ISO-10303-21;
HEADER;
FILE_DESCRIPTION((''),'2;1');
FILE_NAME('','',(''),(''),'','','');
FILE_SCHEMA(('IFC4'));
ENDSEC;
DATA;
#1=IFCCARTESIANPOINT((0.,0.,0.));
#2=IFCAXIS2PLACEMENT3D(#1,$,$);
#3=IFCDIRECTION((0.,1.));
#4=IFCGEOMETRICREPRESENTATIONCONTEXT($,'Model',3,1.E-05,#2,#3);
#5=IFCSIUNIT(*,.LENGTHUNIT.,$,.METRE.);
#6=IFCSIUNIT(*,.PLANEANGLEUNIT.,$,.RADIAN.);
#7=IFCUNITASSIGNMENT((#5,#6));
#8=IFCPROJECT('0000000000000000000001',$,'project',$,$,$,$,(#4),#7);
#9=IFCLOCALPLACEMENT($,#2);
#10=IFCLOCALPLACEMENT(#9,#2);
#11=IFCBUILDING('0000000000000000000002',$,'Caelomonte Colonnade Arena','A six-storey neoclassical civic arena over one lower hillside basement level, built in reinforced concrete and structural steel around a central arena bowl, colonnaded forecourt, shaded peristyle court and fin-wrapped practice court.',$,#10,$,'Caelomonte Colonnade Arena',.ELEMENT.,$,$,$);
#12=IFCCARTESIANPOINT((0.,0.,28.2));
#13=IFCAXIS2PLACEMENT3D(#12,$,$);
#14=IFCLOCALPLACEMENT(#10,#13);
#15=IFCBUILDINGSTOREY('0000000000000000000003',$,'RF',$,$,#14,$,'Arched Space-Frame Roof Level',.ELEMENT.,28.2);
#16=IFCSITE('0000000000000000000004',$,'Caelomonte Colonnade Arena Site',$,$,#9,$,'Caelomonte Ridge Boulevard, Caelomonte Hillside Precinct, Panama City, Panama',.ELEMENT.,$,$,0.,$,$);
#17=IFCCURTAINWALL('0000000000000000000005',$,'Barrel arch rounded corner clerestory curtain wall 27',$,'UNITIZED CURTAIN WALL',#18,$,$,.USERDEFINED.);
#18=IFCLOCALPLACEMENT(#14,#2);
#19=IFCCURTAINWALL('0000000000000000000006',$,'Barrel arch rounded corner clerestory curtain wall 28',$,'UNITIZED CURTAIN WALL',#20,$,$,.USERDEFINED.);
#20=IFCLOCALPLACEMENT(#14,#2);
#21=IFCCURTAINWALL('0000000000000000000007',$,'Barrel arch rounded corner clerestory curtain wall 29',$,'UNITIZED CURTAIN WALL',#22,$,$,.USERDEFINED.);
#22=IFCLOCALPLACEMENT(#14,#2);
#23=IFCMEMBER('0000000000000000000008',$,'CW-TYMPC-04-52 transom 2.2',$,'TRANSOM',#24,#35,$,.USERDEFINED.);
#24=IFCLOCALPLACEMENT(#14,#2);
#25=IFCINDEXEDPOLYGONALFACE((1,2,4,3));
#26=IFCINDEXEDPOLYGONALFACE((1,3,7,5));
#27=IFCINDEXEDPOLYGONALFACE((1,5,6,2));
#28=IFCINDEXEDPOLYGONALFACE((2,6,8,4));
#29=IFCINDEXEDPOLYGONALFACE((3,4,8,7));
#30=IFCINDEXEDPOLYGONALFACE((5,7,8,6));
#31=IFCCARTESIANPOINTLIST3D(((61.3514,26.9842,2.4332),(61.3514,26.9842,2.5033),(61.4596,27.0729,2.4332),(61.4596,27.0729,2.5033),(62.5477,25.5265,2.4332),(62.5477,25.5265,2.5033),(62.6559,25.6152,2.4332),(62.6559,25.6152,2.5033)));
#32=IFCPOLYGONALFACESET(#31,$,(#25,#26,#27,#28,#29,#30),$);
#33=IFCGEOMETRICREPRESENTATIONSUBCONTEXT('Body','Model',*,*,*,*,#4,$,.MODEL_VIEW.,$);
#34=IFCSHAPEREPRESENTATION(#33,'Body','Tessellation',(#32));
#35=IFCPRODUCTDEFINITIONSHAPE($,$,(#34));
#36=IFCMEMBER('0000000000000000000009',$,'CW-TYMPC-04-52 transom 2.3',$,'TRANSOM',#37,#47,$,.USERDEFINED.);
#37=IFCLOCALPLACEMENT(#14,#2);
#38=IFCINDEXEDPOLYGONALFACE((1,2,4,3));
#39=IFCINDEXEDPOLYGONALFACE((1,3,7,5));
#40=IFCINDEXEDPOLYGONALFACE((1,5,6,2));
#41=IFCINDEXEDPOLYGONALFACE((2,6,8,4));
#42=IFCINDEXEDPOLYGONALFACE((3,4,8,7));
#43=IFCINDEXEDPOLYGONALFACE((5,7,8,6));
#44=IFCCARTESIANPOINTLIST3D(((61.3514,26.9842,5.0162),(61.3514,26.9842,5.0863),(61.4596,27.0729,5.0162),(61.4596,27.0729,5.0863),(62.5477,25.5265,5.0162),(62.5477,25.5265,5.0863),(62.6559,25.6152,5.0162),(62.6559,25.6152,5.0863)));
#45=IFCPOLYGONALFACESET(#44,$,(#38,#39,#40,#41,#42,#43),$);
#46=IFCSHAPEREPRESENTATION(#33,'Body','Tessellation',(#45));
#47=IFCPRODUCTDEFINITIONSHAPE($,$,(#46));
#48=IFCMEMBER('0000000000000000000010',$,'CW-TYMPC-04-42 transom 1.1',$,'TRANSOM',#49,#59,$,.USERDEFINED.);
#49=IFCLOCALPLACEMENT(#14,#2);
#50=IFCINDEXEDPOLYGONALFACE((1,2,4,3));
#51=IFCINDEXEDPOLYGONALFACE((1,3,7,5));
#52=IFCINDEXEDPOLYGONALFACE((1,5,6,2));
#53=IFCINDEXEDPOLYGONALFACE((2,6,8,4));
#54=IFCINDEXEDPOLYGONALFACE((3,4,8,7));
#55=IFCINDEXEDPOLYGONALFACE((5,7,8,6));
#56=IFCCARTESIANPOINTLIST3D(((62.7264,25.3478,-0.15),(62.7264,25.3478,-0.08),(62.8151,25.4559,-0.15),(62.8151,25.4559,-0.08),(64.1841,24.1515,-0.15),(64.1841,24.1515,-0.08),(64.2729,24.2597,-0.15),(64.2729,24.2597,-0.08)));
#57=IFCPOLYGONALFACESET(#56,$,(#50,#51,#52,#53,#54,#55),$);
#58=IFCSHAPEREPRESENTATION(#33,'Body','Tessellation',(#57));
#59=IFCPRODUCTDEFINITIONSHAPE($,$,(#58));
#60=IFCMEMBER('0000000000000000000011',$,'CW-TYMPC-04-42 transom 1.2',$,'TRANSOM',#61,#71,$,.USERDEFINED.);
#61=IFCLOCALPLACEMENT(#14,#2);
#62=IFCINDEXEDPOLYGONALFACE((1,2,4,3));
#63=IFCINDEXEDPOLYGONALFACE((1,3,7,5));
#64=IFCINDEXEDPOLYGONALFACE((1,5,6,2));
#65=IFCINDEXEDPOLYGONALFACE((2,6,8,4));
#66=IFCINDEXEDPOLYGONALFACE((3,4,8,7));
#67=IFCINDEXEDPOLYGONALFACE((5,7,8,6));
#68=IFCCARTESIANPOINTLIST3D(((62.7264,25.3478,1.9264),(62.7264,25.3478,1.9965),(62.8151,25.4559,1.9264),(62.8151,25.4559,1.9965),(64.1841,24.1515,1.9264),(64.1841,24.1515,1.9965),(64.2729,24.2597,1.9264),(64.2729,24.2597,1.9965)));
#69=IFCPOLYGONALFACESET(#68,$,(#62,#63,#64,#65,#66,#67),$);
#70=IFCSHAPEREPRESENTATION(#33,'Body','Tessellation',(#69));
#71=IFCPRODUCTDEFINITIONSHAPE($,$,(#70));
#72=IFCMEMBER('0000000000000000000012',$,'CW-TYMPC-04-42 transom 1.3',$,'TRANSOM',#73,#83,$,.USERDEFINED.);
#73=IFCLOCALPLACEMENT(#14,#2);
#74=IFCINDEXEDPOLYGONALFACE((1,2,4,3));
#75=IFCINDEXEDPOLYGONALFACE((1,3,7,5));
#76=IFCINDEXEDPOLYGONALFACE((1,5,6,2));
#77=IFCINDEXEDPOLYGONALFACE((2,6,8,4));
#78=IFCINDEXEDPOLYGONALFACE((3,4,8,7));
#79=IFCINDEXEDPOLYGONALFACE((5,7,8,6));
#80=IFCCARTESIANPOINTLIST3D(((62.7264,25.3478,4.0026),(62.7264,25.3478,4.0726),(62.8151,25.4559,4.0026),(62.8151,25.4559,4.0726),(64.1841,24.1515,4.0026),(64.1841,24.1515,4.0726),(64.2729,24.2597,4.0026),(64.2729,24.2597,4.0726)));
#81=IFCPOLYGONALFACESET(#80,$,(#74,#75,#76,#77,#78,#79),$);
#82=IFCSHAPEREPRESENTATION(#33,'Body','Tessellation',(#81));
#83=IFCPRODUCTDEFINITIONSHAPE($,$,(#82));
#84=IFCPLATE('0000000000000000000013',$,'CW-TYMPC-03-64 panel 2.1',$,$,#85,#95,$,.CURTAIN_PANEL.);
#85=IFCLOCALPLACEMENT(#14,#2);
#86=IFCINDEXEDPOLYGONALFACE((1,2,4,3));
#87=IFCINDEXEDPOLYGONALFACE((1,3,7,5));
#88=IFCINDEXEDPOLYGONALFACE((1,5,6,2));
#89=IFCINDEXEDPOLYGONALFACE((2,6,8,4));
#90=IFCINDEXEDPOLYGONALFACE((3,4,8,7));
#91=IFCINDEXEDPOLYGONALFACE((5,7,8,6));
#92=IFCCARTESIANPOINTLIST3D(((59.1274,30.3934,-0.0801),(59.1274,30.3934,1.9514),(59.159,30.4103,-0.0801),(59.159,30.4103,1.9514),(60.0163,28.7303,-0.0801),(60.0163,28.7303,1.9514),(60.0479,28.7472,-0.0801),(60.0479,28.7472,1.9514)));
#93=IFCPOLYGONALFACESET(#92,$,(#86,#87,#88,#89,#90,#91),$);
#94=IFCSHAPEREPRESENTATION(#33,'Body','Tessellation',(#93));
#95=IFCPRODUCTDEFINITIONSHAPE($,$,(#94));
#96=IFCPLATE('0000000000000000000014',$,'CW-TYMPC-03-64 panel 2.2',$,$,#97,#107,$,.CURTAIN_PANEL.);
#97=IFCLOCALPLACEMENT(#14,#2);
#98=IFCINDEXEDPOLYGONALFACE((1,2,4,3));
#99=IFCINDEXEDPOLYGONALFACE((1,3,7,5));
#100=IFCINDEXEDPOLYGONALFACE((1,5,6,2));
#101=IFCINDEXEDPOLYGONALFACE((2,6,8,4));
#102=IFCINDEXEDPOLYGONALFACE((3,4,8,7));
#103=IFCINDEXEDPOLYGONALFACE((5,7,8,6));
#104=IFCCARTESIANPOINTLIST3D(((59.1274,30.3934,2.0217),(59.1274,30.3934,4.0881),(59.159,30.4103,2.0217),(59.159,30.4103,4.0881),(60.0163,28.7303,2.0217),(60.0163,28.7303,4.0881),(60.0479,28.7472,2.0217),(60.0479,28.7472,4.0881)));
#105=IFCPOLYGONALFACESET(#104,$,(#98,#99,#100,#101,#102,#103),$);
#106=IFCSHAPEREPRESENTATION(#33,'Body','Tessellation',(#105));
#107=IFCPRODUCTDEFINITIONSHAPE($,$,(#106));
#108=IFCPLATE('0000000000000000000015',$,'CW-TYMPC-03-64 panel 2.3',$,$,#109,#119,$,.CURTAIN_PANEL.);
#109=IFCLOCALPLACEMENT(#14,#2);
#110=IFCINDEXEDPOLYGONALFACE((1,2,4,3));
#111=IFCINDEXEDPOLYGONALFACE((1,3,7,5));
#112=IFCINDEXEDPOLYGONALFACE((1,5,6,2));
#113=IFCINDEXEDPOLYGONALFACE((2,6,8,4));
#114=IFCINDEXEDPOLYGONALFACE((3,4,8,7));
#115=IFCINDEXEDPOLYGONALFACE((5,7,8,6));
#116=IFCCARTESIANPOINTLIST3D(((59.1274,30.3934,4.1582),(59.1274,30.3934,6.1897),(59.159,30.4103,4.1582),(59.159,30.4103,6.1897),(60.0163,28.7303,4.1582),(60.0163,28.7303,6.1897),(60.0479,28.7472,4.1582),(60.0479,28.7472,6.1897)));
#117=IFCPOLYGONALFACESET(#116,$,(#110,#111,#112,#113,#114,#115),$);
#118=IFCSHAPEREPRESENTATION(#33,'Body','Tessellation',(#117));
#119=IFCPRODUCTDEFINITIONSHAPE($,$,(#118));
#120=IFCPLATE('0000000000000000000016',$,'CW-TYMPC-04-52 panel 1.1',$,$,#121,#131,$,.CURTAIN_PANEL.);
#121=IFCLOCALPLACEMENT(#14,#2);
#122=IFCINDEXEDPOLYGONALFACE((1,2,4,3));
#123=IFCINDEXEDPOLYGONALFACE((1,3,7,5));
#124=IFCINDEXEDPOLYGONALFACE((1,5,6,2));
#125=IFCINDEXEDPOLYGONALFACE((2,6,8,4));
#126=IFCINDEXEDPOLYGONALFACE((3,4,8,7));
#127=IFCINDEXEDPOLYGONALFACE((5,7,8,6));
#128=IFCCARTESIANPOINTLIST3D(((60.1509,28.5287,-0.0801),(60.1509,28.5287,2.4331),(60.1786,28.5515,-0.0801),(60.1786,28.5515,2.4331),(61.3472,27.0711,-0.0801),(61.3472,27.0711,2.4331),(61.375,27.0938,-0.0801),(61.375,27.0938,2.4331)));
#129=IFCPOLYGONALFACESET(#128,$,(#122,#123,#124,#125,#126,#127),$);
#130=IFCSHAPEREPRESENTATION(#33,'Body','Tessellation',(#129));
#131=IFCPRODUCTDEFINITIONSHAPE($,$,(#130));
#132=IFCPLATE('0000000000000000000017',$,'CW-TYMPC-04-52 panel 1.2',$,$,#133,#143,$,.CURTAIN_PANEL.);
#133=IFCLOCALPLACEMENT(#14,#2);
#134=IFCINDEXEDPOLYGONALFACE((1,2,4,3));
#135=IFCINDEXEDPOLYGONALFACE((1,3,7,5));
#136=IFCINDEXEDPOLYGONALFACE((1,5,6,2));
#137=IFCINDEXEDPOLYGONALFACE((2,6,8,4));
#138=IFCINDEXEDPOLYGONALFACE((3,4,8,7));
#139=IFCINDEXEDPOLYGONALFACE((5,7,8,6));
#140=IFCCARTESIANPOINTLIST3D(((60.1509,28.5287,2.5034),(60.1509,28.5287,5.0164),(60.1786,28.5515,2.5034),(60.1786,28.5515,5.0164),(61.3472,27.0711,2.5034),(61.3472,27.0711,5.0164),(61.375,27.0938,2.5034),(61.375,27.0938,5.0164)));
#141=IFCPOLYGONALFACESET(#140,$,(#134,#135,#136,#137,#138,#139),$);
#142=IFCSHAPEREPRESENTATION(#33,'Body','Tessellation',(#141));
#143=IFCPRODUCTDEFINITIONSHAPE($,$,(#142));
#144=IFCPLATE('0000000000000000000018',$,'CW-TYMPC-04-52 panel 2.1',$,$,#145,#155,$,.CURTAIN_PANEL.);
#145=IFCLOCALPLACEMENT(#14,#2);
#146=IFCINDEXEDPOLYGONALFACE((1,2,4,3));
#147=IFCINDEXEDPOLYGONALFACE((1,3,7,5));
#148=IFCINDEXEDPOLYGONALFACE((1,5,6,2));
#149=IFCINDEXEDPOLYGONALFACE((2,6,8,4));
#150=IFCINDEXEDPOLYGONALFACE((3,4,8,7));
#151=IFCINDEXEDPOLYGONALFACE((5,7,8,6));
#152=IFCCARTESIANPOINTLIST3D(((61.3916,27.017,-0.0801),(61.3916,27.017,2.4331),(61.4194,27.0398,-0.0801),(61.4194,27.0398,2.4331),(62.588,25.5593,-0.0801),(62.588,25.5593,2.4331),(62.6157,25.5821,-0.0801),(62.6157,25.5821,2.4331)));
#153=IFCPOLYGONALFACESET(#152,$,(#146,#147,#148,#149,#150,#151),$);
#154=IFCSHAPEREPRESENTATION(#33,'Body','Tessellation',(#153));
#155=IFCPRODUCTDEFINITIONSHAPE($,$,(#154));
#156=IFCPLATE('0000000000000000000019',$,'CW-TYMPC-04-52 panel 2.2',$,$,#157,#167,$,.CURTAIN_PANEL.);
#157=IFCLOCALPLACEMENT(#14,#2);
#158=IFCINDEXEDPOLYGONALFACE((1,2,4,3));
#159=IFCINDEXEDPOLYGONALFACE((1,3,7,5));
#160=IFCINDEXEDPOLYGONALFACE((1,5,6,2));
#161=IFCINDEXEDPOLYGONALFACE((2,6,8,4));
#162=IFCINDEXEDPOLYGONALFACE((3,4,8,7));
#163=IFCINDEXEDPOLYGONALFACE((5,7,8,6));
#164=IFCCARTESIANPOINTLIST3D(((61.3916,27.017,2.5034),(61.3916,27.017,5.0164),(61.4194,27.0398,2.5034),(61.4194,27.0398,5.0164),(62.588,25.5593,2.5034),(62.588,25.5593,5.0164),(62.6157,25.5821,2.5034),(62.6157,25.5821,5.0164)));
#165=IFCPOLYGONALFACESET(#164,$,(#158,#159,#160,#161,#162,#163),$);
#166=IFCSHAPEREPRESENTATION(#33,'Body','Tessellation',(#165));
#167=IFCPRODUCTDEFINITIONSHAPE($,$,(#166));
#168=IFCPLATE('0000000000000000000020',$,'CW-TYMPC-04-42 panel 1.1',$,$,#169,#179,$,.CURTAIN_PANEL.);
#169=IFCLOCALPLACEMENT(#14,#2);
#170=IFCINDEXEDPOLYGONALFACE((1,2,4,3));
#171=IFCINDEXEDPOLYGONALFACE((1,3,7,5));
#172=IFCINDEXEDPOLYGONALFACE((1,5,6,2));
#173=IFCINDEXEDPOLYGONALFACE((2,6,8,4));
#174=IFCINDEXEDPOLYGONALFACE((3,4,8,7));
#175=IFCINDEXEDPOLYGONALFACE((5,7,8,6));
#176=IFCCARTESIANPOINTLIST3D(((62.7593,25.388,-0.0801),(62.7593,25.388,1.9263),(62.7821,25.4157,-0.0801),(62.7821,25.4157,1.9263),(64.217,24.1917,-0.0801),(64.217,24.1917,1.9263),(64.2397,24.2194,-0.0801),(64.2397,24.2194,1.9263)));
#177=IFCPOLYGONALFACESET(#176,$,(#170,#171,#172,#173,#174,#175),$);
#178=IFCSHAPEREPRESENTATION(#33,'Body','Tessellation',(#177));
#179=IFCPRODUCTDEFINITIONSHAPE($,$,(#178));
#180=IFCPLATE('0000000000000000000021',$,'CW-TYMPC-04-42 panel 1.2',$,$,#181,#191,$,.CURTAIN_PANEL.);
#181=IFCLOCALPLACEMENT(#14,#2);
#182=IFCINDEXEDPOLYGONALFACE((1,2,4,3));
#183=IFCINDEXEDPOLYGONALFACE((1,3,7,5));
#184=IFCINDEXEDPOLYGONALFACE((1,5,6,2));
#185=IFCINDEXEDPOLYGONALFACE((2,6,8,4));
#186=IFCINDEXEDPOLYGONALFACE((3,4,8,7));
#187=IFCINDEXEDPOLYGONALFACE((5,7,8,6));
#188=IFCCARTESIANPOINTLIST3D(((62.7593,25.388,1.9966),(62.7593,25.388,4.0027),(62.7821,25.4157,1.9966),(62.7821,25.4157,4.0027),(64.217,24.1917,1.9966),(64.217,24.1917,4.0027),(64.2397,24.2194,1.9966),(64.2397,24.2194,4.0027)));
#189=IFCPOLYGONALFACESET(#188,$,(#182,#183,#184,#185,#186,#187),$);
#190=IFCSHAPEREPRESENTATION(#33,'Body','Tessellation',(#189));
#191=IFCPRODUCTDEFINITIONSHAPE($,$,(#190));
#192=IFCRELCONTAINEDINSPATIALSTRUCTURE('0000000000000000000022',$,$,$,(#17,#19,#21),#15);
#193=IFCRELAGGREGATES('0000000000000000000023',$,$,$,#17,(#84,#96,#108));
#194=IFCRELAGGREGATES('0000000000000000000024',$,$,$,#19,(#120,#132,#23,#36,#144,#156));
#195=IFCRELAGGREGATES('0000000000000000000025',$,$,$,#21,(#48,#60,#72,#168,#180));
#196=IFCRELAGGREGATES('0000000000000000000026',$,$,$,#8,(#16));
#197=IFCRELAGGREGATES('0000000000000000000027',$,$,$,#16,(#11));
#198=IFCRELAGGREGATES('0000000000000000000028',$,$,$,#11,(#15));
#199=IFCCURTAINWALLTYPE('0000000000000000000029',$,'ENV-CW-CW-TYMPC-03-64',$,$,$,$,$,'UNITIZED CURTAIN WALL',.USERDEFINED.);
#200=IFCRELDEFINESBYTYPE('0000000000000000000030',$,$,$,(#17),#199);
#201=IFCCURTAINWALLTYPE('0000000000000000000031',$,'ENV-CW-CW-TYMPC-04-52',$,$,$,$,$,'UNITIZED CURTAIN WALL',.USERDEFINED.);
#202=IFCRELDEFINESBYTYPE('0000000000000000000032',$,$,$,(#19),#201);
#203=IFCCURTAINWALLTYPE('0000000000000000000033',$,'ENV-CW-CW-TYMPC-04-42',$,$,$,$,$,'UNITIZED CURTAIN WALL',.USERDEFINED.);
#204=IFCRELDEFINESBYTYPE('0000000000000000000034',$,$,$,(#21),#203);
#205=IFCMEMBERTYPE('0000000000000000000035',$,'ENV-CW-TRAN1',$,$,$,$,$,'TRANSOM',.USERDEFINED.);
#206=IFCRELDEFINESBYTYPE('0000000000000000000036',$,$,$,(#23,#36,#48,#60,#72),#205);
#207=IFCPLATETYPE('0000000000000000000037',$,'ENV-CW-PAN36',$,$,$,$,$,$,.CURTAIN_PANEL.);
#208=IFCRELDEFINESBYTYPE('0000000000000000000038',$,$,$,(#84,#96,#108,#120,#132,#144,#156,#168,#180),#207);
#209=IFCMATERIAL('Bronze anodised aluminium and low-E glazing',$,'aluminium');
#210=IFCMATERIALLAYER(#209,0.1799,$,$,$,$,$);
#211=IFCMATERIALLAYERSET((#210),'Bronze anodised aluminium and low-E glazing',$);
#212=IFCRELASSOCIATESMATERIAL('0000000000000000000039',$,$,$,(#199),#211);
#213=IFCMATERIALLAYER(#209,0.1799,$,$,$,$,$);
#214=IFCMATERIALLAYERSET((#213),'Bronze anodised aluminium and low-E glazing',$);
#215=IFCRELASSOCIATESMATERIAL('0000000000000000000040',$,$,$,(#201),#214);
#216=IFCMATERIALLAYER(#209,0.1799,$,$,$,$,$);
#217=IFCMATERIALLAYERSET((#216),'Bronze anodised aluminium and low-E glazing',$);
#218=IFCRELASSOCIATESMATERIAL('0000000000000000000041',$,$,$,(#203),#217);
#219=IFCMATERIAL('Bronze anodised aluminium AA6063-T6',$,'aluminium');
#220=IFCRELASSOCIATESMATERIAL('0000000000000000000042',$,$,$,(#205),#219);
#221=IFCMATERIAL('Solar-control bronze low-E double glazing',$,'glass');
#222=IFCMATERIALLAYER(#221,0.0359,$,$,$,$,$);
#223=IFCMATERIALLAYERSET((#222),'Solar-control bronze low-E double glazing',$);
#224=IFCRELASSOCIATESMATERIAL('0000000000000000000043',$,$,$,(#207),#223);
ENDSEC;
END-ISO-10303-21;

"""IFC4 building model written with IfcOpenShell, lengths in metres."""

from ifc_helpers import new_model, si_unit, direction, frame, origin, origin_2d, place, context, subcontext, project, spatial, rectangle, extrude, material, layer, layer_set, material_profile, profile_set, type_object, element, aggregate, save


model = new_model("IFC4")

# Units and contexts
model_context = context("Model", 3, precision=1e-05, world=origin(), true_north=direction((0.0, 1.0)))
body_context = subcontext(model_context, "Body", "Model", "MODEL_VIEW")
ifc_project = project(units=[si_unit("LENGTHUNIT", "METRE"), si_unit("PLANEANGLEUNIT", "RADIAN")], contexts=[model_context])

# Site, building, storey
site_placement = place(None, origin())
site = spatial("IfcSite", under=ifc_project, at=site_placement, Name="Caelomonte Colonnade Arena Site", LongName="Caelomonte Ridge Boulevard, Caelomonte Hillside Precinct, Panama City, Panama", CompositionType="ELEMENT", RefElevation=0.0)
building_placement = place(site_placement, origin())
building = spatial("IfcBuilding", under=site, at=building_placement, Name="Caelomonte Colonnade Arena", Description="A six-storey neoclassical civic arena over one lower hillside basement level, built in reinforced concrete and structural steel around a central arena bowl, colonnaded forecourt, shaded peristyle court and fin-wrapped practice court.", LongName="Caelomonte Colonnade Arena", CompositionType="ELEMENT")
storey_placement = place(building_placement, frame((0.0, 0.0, 28.2)))
storey = spatial("IfcBuildingStorey", under=building, at=storey_placement, Name="RF", LongName="Arched Space-Frame Roof Level", CompositionType="ELEMENT", Elevation=28.2)

# Curtain wall
ifc_material_1 = material(Name="Bronze anodised aluminium and low-E glazing", Category="aluminium")
ifc_layer_1 = layer(ifc_material_1, 0.1799)
ifc_layer_set_1 = layer_set([ifc_layer_1], Name="Bronze anodised aluminium and low-E glazing")
curtain_wall_type_1 = type_object("IfcCurtainWallType", Name="ENV-CW-CW-TYMPC-03-64", ElementType="UNITIZED CURTAIN WALL", PredefinedType="USERDEFINED", material=ifc_layer_set_1)
curtain_wall_1_placement = place(storey_placement, origin())
curtain_wall_1 = element("IfcCurtainWall", 1, at=curtain_wall_1_placement, inside=storey, type_object=curtain_wall_type_1, Name="Barrel arch rounded corner clerestory curtain wall 27", ObjectType="UNITIZED CURTAIN WALL", PredefinedType="USERDEFINED")
ifc_material_2 = material(Name="Bronze anodised aluminium AA6063-T6", Category="aluminium")

# Curtain walls
ifc_layer_2 = layer(ifc_material_1, 0.1799)
ifc_layer_set_2 = layer_set([ifc_layer_2], Name="Bronze anodised aluminium and low-E glazing")
curtain_wall_type_2 = type_object("IfcCurtainWallType", Name="ENV-CW-CW-TYMPC-04-52", ElementType="UNITIZED CURTAIN WALL", PredefinedType="USERDEFINED", material=ifc_layer_set_2)
curtain_wall_2_placement = place(storey_placement, origin())
curtain_wall_2 = element("IfcCurtainWall", 2, at=curtain_wall_2_placement, inside=storey, type_object=curtain_wall_type_2, Name="Barrel arch rounded corner clerestory curtain wall 28", ObjectType="UNITIZED CURTAIN WALL", PredefinedType="USERDEFINED")
ifc_layer_3 = layer(ifc_material_1, 0.1799)
ifc_layer_set_3 = layer_set([ifc_layer_3], Name="Bronze anodised aluminium and low-E glazing")
curtain_wall_type_3 = type_object("IfcCurtainWallType", Name="ENV-CW-CW-TYMPC-04-42", ElementType="UNITIZED CURTAIN WALL", PredefinedType="USERDEFINED", material=ifc_layer_set_3)
curtain_wall_3_placement = place(storey_placement, origin())
curtain_wall_3 = element("IfcCurtainWall", 3, at=curtain_wall_3_placement, inside=storey, type_object=curtain_wall_type_3, Name="Barrel arch rounded corner clerestory curtain wall 29", ObjectType="UNITIZED CURTAIN WALL", PredefinedType="USERDEFINED")

# Members
ifc_material_profile_1 = material_profile(ifc_material_2, rectangle(XDim=0.0701, YDim=0.1399, at=origin_2d()), Name="CWT-70X140")
ifc_profile_set_1 = profile_set([ifc_material_profile_1], Name="Bronze anodised aluminium AA6063-T6")
member_type_1 = type_object("IfcMemberType", Name="ENV-CW-TRAN1", ElementType="TRANSOM", PredefinedType="USERDEFINED", material=ifc_profile_set_1)
member_1_placement = place(storey_placement, frame((61.4055, 27.0286, 2.4683), z_axis=(0.634372, -0.773028, 0.0), x_axis=(0.0, 0.0, 1.0)))
member_1 = element("IfcMember", 4, at=member_1_placement, type_object=member_type_1, Name="CW-TYMPC-04-52 transom 2.2", ObjectType="TRANSOM", PredefinedType="USERDEFINED", context=body_context, shape_type="SweptSolid", body=[
    extrude(rectangle(XDim=0.0701, YDim=0.1399, at=origin_2d()), origin(), (0.0, 0.0, 1.0), 1.8857),
])
member_2_placement = place(storey_placement, frame((61.4055, 27.0286, 5.0513), z_axis=(0.634372, -0.773028, 0.0), x_axis=(0.0, 0.0, 1.0)))
member_2 = element("IfcMember", 5, at=member_2_placement, type_object=member_type_1, Name="CW-TYMPC-04-52 transom 2.3", ObjectType="TRANSOM", PredefinedType="USERDEFINED", context=body_context, shape_type="SweptSolid", body=[
    extrude(rectangle(XDim=0.0701, YDim=0.1399, at=origin_2d()), origin(), (0.0, 0.0, 1.0), 1.8857),
])
member_3_placement = place(storey_placement, frame((62.7708, 25.4019, -0.115), z_axis=(0.773028, -0.634372, 0.0), x_axis=(0.0, 0.0, 1.0)))
member_3 = element("IfcMember", 6, at=member_3_placement, type_object=member_type_1, Name="CW-TYMPC-04-42 transom 1.1", ObjectType="TRANSOM", PredefinedType="USERDEFINED", context=body_context, shape_type="SweptSolid", body=[
    extrude(rectangle(XDim=0.0701, YDim=0.1399, at=origin_2d()), origin(), (0.0, 0.0, 1.0), 1.8857),
])
member_4_placement = place(storey_placement, frame((62.7708, 25.4019, 1.9614), z_axis=(0.773028, -0.634372, 0.0), x_axis=(0.0, 0.0, 1.0)))
member_4 = element("IfcMember", 7, at=member_4_placement, type_object=member_type_1, Name="CW-TYMPC-04-42 transom 1.2", ObjectType="TRANSOM", PredefinedType="USERDEFINED", context=body_context, shape_type="SweptSolid", body=[
    extrude(rectangle(XDim=0.0701, YDim=0.1399, at=origin_2d()), origin(), (0.0, 0.0, 1.0), 1.8857),
])
member_5_placement = place(storey_placement, frame((62.7708, 25.4019, 4.0376), z_axis=(0.773028, -0.634372, 0.0), x_axis=(0.0, 0.0, 1.0)))
member_5 = element("IfcMember", 8, at=member_5_placement, type_object=member_type_1, Name="CW-TYMPC-04-42 transom 1.3", ObjectType="TRANSOM", PredefinedType="USERDEFINED", context=body_context, shape_type="SweptSolid", body=[
    extrude(rectangle(XDim=0.0701, YDim=0.1399, at=origin_2d()), origin(), (0.0, 0.0, 1.0), 1.8857),
])

# Plates
ifc_material_3 = material(Name="Solar-control bronze low-E double glazing", Category="glass")
ifc_layer_4 = layer(ifc_material_3, 0.0359)
ifc_layer_set_4 = layer_set([ifc_layer_4], Name="Solar-control bronze low-E double glazing")
plate_type = type_object("IfcPlateType", Name="ENV-CW-PAN36", PredefinedType="CURTAIN_PANEL", material=ifc_layer_set_4)
plate_1_placement = place(storey_placement, frame((59.5876, 29.5703, -0.0801), z_axis=(0.0, 0.0, 1.0), x_axis=(0.471391, -0.881924, 0.0)))
plate_1 = element("IfcPlate", 9, at=plate_1_placement, type_object=plate_type, Name="CW-TYMPC-03-64 panel 2.1", PredefinedType="CURTAIN_PANEL", context=body_context, shape_type="SweptSolid", body=[
    extrude(rectangle(XDim=1.8857, YDim=0.0359, at=origin_2d()), origin(), (0.0, 0.0, 1.0), 2.0315),
])
plate_2_placement = place(storey_placement, frame((59.5876, 29.5703, 2.0217), z_axis=(0.0, 0.0, 1.0), x_axis=(0.471391, -0.881924, 0.0)))
plate_2 = element("IfcPlate", 10, at=plate_2_placement, type_object=plate_type, Name="CW-TYMPC-03-64 panel 2.2", PredefinedType="CURTAIN_PANEL", context=body_context, shape_type="SweptSolid", body=[
    extrude(rectangle(XDim=1.8857, YDim=0.0359, at=origin_2d()), origin(), (0.0, 0.0, 1.0), 2.0664),
])
plate_3_placement = place(storey_placement, frame((59.5876, 29.5703, 4.1582), z_axis=(0.0, 0.0, 1.0), x_axis=(0.471391, -0.881924, 0.0)))
plate_3 = element("IfcPlate", 11, at=plate_3_placement, type_object=plate_type, Name="CW-TYMPC-03-64 panel 2.3", PredefinedType="CURTAIN_PANEL", context=body_context, shape_type="SweptSolid", body=[
    extrude(rectangle(XDim=1.8857, YDim=0.0359, at=origin_2d()), origin(), (0.0, 0.0, 1.0), 2.0315),
])
aggregate(curtain_wall_1, [plate_1, plate_2, plate_3])
plate_4_placement = place(storey_placement, frame((60.7629, 27.8113, -0.0801), z_axis=(0.0, 0.0, 1.0), x_axis=(0.634405, -0.773001, 0.0)))
plate_4 = element("IfcPlate", 12, at=plate_4_placement, type_object=plate_type, Name="CW-TYMPC-04-52 panel 1.1", PredefinedType="CURTAIN_PANEL", context=body_context, shape_type="SweptSolid", body=[
    extrude(rectangle(XDim=1.8857, YDim=0.0359, at=origin_2d()), origin(), (0.0, 0.0, 1.0), 2.5132),
])
plate_5_placement = place(storey_placement, frame((60.7629, 27.8113, 2.5034), z_axis=(0.0, 0.0, 1.0), x_axis=(0.634405, -0.773001, 0.0)))
plate_5 = element("IfcPlate", 13, at=plate_5_placement, type_object=plate_type, Name="CW-TYMPC-04-52 panel 1.2", PredefinedType="CURTAIN_PANEL", context=body_context, shape_type="SweptSolid", body=[
    extrude(rectangle(XDim=1.8857, YDim=0.0359, at=origin_2d()), origin(), (0.0, 0.0, 1.0), 2.5129),
])
plate_6_placement = place(storey_placement, frame((62.0037, 26.2996, -0.0801), z_axis=(0.0, 0.0, 1.0), x_axis=(0.634405, -0.773001, 0.0)))
plate_6 = element("IfcPlate", 14, at=plate_6_placement, type_object=plate_type, Name="CW-TYMPC-04-52 panel 2.1", PredefinedType="CURTAIN_PANEL", context=body_context, shape_type="SweptSolid", body=[
    extrude(rectangle(XDim=1.8857, YDim=0.0359, at=origin_2d()), origin(), (0.0, 0.0, 1.0), 2.5132),
])
plate_7_placement = place(storey_placement, frame((62.0037, 26.2996, 2.5034), z_axis=(0.0, 0.0, 1.0), x_axis=(0.634405, -0.773001, 0.0)))
plate_7 = element("IfcPlate", 15, at=plate_7_placement, type_object=plate_type, Name="CW-TYMPC-04-52 panel 2.2", PredefinedType="CURTAIN_PANEL", context=body_context, shape_type="SweptSolid", body=[
    extrude(rectangle(XDim=1.8857, YDim=0.0359, at=origin_2d()), origin(), (0.0, 0.0, 1.0), 2.5129),
])
aggregate(curtain_wall_2, [plate_4, plate_5, member_1, member_2, plate_6, plate_7])
plate_8_placement = place(storey_placement, frame((63.4995, 24.8037, -0.0801), z_axis=(0.0, 0.0, 1.0), x_axis=(0.773001, -0.634405, 0.0)))
plate_8 = element("IfcPlate", 16, at=plate_8_placement, type_object=plate_type, Name="CW-TYMPC-04-42 panel 1.1", PredefinedType="CURTAIN_PANEL", context=body_context, shape_type="SweptSolid", body=[
    extrude(rectangle(XDim=1.8857, YDim=0.0359, at=origin_2d()), origin(), (0.0, 0.0, 1.0), 2.0063),
])
plate_9_placement = place(storey_placement, frame((63.4995, 24.8037, 1.9966), z_axis=(0.0, 0.0, 1.0), x_axis=(0.773001, -0.634405, 0.0)))
plate_9 = element("IfcPlate", 17, at=plate_9_placement, type_object=plate_type, Name="CW-TYMPC-04-42 panel 1.2", PredefinedType="CURTAIN_PANEL", context=body_context, shape_type="SweptSolid", body=[
    extrude(rectangle(XDim=1.8857, YDim=0.0359, at=origin_2d()), origin(), (0.0, 0.0, 1.0), 2.0061),
])
aggregate(curtain_wall_3, [member_3, member_4, member_5, plate_8, plate_9])

save(model, "model.ifc")
